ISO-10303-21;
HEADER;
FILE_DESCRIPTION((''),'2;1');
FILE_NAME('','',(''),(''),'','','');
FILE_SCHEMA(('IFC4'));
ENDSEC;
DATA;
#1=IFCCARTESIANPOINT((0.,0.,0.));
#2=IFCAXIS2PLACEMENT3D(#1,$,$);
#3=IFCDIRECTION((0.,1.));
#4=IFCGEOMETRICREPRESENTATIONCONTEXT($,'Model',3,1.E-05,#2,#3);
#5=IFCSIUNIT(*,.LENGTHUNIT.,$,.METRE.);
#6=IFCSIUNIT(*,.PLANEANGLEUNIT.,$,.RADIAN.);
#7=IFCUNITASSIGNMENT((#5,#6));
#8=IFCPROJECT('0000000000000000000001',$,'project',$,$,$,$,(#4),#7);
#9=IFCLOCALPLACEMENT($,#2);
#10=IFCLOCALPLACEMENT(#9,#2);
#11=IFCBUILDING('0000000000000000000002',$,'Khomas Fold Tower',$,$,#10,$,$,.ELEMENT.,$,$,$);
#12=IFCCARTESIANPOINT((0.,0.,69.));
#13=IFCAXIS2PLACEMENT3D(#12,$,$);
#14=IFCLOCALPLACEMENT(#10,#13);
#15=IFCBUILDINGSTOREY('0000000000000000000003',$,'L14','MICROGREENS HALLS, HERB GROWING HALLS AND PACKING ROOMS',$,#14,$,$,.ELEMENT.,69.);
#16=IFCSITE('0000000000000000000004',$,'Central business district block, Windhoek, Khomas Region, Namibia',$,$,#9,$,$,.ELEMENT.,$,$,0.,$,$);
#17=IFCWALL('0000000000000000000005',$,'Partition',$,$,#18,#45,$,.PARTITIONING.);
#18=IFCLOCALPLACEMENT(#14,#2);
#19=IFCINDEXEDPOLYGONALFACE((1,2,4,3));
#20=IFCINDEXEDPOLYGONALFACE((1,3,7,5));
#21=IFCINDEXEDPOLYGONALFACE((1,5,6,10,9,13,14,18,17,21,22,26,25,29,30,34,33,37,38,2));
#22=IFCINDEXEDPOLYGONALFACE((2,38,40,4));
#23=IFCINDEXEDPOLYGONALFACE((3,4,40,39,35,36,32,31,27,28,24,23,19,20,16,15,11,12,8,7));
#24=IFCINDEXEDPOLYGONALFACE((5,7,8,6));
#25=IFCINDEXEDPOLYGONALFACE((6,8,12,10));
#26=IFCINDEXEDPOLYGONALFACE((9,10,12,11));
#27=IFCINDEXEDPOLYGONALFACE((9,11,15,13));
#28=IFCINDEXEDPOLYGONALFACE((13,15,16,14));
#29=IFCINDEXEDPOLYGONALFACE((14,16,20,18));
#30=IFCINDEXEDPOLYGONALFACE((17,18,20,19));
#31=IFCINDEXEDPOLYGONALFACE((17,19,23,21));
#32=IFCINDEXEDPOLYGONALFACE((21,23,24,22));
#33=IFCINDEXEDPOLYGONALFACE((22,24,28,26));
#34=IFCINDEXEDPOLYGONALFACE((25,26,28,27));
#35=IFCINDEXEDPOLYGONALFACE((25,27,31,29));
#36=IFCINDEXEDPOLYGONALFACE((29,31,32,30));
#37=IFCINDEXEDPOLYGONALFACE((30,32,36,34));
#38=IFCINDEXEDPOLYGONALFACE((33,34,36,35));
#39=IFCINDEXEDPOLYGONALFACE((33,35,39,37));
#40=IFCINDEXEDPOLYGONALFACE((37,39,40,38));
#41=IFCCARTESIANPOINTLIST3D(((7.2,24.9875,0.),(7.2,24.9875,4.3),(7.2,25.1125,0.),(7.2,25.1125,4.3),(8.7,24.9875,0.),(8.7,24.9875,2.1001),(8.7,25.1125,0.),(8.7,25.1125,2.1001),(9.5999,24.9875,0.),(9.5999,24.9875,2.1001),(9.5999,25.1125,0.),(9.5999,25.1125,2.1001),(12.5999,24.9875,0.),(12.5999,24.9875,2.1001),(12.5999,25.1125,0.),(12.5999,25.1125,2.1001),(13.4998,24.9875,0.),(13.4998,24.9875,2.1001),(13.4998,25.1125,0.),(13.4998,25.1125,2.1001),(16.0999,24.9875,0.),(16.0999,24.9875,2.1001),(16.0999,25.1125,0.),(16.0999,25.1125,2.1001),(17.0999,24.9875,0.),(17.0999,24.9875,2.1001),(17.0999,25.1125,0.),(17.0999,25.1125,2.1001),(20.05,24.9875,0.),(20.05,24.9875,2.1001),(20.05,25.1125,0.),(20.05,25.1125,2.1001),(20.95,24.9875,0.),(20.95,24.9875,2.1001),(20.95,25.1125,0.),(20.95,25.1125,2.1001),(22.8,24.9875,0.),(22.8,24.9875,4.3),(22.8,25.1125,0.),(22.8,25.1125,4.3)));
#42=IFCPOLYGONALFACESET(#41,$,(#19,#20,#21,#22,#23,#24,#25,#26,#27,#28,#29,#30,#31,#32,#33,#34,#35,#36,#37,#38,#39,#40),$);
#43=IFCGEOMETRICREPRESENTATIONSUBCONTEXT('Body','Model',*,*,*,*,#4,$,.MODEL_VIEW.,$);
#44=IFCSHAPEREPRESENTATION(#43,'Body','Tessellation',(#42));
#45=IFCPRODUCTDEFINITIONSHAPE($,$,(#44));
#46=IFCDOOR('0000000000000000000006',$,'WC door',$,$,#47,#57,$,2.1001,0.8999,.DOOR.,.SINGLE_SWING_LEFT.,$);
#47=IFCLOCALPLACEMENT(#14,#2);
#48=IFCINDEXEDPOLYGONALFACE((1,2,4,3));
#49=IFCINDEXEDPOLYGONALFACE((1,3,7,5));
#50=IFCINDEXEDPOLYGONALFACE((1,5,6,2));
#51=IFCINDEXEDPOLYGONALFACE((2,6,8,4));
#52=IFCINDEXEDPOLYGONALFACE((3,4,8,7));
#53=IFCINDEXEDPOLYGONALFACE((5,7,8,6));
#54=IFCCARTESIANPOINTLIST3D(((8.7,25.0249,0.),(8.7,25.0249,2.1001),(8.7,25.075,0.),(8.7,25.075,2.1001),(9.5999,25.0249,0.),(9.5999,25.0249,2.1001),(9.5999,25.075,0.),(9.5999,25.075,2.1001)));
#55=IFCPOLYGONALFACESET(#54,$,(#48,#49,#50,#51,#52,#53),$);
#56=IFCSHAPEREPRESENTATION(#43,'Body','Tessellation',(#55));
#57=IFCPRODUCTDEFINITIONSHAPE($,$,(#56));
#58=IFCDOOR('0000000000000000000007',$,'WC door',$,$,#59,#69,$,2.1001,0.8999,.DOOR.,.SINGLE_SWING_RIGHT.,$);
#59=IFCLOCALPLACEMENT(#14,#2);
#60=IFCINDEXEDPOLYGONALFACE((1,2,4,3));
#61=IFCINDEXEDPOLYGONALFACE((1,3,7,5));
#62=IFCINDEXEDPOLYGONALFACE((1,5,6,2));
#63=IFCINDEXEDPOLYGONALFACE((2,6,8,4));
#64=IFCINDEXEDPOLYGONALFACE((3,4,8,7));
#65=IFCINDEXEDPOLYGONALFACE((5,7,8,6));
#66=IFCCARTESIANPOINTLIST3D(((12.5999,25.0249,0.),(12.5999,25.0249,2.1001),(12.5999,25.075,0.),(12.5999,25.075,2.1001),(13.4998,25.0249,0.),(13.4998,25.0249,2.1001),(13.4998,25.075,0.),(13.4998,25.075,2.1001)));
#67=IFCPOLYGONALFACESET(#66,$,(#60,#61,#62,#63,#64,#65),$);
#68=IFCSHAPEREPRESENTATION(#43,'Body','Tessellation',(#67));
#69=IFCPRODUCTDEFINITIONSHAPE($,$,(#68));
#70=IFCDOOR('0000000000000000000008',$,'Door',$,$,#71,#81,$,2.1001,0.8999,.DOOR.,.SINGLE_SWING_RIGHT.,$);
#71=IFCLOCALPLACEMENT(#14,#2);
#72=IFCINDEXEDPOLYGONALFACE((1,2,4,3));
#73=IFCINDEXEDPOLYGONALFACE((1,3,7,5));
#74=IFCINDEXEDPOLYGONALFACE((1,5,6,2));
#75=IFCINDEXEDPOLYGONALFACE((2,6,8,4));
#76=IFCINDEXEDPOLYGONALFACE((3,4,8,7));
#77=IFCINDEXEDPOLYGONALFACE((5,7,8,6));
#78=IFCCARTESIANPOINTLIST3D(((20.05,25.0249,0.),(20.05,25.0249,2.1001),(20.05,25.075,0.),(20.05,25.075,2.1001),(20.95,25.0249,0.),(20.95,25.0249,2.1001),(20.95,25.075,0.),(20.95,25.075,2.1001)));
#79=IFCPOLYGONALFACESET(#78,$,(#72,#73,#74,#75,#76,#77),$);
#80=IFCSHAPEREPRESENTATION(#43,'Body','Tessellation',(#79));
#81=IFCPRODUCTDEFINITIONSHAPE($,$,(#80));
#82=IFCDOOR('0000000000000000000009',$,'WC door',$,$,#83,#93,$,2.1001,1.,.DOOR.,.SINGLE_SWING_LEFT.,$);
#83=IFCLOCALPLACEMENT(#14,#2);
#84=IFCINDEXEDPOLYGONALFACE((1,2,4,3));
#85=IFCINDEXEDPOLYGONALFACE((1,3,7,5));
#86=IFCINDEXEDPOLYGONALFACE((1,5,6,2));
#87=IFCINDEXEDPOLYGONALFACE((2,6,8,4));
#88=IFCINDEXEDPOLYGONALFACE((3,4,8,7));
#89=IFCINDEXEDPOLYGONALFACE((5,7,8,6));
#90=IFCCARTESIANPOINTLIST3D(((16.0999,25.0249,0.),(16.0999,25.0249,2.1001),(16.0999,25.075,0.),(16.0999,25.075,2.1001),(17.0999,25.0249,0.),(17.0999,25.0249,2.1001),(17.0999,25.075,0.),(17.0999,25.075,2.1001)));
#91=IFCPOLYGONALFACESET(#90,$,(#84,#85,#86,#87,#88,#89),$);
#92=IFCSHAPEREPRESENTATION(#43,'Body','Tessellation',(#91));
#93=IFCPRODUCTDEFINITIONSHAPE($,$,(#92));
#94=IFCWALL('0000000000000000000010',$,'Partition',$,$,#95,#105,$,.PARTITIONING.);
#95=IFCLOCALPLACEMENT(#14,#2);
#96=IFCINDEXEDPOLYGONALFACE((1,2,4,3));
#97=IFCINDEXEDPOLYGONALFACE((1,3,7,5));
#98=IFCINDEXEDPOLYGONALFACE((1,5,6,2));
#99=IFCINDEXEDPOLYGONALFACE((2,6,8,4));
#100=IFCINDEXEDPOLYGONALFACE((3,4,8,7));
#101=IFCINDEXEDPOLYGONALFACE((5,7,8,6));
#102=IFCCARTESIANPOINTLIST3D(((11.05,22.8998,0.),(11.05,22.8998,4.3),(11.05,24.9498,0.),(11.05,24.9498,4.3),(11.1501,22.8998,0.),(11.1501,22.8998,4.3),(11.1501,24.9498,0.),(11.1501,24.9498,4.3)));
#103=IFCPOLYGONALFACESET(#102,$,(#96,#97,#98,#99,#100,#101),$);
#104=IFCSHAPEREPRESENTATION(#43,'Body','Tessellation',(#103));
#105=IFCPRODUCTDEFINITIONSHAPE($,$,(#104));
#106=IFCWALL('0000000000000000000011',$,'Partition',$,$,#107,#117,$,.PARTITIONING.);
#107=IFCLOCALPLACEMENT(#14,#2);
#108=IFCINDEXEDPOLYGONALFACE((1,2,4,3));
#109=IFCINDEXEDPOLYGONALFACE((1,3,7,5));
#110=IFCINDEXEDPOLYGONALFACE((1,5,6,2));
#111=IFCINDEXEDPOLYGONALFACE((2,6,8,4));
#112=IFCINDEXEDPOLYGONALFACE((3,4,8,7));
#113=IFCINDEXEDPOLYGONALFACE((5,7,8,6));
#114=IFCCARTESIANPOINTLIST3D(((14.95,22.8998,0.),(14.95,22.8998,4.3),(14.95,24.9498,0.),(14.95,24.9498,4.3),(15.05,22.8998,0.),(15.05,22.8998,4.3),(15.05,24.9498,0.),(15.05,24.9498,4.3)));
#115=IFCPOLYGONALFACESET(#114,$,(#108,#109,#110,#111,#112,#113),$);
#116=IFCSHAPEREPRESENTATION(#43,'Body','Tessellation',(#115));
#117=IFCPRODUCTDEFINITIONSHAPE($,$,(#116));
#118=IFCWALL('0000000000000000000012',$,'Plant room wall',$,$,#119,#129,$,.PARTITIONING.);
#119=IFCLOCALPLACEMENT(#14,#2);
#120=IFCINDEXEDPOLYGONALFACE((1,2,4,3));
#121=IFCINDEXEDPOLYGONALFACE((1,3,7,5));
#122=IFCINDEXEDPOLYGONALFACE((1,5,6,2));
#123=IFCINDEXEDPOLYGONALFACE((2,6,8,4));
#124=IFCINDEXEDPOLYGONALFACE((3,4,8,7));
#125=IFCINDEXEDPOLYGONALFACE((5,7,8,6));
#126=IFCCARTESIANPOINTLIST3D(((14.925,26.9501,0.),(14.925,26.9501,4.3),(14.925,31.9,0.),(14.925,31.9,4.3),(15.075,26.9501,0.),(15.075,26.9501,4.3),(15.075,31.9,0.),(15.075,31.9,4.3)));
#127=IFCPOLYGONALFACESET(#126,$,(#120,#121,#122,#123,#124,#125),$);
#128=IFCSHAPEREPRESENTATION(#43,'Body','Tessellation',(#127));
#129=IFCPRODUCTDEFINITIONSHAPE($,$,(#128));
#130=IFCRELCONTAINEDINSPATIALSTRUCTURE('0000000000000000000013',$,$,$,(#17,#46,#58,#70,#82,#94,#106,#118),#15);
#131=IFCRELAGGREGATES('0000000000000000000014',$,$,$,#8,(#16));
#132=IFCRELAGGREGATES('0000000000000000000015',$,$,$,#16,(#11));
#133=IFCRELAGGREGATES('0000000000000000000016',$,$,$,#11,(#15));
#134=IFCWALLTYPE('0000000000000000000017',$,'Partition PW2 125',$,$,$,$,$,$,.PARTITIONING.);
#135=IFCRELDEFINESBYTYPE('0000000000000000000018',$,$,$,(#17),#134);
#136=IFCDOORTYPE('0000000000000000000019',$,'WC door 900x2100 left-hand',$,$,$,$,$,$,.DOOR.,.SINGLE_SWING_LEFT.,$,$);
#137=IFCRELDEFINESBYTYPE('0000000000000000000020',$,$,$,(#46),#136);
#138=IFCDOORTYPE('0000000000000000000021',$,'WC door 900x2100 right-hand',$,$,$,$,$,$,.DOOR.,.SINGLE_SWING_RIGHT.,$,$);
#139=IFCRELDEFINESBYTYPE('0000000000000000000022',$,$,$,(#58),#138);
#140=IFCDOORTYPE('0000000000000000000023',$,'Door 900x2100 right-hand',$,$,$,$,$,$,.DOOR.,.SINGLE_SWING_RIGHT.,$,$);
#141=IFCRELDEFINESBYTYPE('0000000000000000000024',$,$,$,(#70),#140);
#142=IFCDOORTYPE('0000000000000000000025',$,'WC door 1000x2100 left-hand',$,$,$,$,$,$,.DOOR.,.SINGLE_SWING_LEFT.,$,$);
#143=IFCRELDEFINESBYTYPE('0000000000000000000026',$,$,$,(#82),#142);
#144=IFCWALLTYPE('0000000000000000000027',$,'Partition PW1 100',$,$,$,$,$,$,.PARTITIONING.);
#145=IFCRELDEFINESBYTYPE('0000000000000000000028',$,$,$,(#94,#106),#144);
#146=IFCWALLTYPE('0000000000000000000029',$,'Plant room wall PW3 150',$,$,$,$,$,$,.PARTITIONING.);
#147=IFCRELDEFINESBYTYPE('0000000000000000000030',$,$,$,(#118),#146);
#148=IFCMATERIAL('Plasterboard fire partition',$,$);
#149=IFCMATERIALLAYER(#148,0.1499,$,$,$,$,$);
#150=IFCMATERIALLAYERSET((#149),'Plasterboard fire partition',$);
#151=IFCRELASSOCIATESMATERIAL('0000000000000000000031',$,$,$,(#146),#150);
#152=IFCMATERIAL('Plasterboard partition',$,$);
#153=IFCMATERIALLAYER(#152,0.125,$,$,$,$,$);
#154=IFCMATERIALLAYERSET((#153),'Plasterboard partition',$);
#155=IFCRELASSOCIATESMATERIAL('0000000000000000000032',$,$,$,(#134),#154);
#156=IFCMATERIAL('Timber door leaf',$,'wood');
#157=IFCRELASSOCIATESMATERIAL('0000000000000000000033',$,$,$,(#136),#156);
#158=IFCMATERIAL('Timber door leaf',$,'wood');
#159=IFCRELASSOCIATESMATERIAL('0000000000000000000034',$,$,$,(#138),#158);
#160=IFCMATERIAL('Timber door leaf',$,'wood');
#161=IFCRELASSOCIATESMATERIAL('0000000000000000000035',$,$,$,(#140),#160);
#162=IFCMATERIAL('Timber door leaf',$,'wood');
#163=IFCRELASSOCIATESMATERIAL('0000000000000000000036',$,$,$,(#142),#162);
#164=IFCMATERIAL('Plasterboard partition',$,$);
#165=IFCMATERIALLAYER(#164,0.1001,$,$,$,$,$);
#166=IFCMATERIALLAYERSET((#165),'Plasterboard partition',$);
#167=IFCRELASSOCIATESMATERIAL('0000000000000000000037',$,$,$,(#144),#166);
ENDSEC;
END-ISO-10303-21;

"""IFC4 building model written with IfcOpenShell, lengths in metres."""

from ifc_helpers import new_model, si_unit, direction, frame, frame_2d, origin, place, context, subcontext, project, spatial, rectangle, extrude, source, transform, mapped, material, layer, layer_set, type_object, element, fill, save


model = new_model("IFC4")

# Units and contexts
model_context = context("Model", 3, precision=1e-05, world=origin(), true_north=direction((0.0, 1.0)))
body_context = subcontext(model_context, "Body", "Model", "MODEL_VIEW")
ifc_project = project(units=[si_unit("LENGTHUNIT", "METRE"), si_unit("PLANEANGLEUNIT", "RADIAN")], contexts=[model_context])

# Site, building, storey
site_placement = place(None, origin())
site = spatial("IfcSite", under=ifc_project, at=site_placement, Name="Central business district block, Windhoek, Khomas Region, Namibia", CompositionType="ELEMENT", RefElevation=0.0)
building_placement = place(site_placement, origin())
building = spatial("IfcBuilding", under=site, at=building_placement, Name="Khomas Fold Tower", CompositionType="ELEMENT")
storey_placement = place(building_placement, frame((0.0, 0.0, 69.0)))
storey = spatial("IfcBuildingStorey", under=building, at=storey_placement, Name="L14", Description="MICROGREENS HALLS, HERB GROWING HALLS AND PACKING ROOMS", CompositionType="ELEMENT", Elevation=69.0)

# Wall, openings, doors
ifc_material_1 = material(Name="Plasterboard fire partition")
ifc_layer_1 = layer(ifc_material_1, 0.1499)
ifc_layer_set_1 = layer_set([ifc_layer_1], Name="Plasterboard fire partition")
wall_type_1 = type_object("IfcWallType", Name="Plant room wall PW3 150", PredefinedType="PARTITIONING", material=ifc_layer_set_1)
shared_shape_1 = source(origin(), body_context, "Body", "SweptSolid", [
    extrude(rectangle(XDim=0.8999, YDim=2.1001, at=frame_2d((0.45, 1.05))), frame((0.0, 0.0249, 0.0), z_axis=(0.0, -1.0, 0.0), x_axis=(1.0, 0.0, 0.0)), (0.0, 0.0, 1.0), 0.05),
])
ifc_material_2 = material(Name="Plasterboard partition")
ifc_layer_2 = layer(ifc_material_2, 0.125)
ifc_layer_set_2 = layer_set([ifc_layer_2], Name="Plasterboard partition")
wall_type_2 = type_object("IfcWallType", Name="Partition PW2 125", PredefinedType="PARTITIONING", material=ifc_layer_set_2)
shared_shape_2 = source(origin(), body_context, "Body", "SweptSolid", [
    extrude(rectangle(XDim=15.6001, YDim=0.125, at=frame_2d((7.8, 0.0))), origin(), (0.0, 0.0, 1.0), 4.3),
])
wall_1_placement = place(storey_placement, frame((7.2, 25.05, 0.0), z_axis=(0.0, 0.0, 1.0), x_axis=(1.0, 0.0, 0.0)))
wall_1 = element("IfcWall", 1, at=wall_1_placement, inside=storey, type_object=wall_type_2, Name="Partition", PredefinedType="PARTITIONING", context=body_context, shape_type="MappedRepresentation", body=[
    mapped(shared_shape_2, transform((0.0, 0.0, 0.0))),
])
shared_shape_3 = source(origin(), body_context, "Body", "SweptSolid", [
    extrude(rectangle(XDim=0.8999, YDim=2.1001, at=frame_2d((0.45, 1.05))), frame((0.0, 0.0725, 0.0), z_axis=(0.0, -1.0, 0.0), x_axis=(1.0, 0.0, 0.0)), (0.0, 0.0, 1.0), 0.145),
])
opening_1_placement = place(wall_1_placement, frame((1.5, 0.0, 0.0)))
opening_1 = element("IfcOpeningElement", 2, at=opening_1_placement, cuts=wall_1, PredefinedType="OPENING", context=body_context, shape_type="MappedRepresentation", body=[
    mapped(shared_shape_3, transform((0.0, 0.0, 0.0))),
])
opening_2_placement = place(wall_1_placement, frame((5.3999, 0.0, 0.0)))
opening_2 = element("IfcOpeningElement", 3, at=opening_2_placement, cuts=wall_1, PredefinedType="OPENING", context=body_context, shape_type="MappedRepresentation", body=[
    mapped(shared_shape_3, transform((0.0, 0.0, 0.0))),
])
shared_shape_4 = source(origin(), body_context, "Body", "SweptSolid", [
    extrude(rectangle(XDim=1.0, YDim=2.1001, at=frame_2d((0.5, 1.05))), frame((0.0, 0.0725, 0.0), z_axis=(0.0, -1.0, 0.0), x_axis=(1.0, 0.0, 0.0)), (0.0, 0.0, 1.0), 0.145),
])
opening_3_placement = place(wall_1_placement, frame((8.8999, 0.0, 0.0)))
opening_3 = element("IfcOpeningElement", 4, at=opening_3_placement, cuts=wall_1, PredefinedType="OPENING", context=body_context, shape_type="MappedRepresentation", body=[
    mapped(shared_shape_4, transform((0.0, 0.0, 0.0))),
])
opening_4_placement = place(wall_1_placement, frame((12.8501, 0.0, 0.0)))
opening_4 = element("IfcOpeningElement", 5, at=opening_4_placement, cuts=wall_1, PredefinedType="OPENING", context=body_context, shape_type="MappedRepresentation", body=[
    mapped(shared_shape_3, transform((0.0, 0.0, 0.0))),
])
ifc_material_3 = material(Name="Timber door leaf", Category="wood")
door_type_1 = type_object("IfcDoorType", Name="WC door 900x2100 left-hand", OperationType="SINGLE_SWING_LEFT", PredefinedType="DOOR", material=ifc_material_3)
door_1_placement = place(opening_1_placement, origin())
door_1 = element("IfcDoor", 6, at=door_1_placement, inside=storey, type_object=door_type_1, Name="WC door", OperationType="SINGLE_SWING_LEFT", OverallHeight=2.1001, OverallWidth=0.8999, PredefinedType="DOOR", context=body_context, shape_type="MappedRepresentation", body=[
    mapped(shared_shape_1, transform((0.0, 0.0, 0.0))),
])
fill(opening_1, door_1)
ifc_material_4 = material(Name="Timber door leaf", Category="wood")
door_type_2 = type_object("IfcDoorType", Name="WC door 900x2100 right-hand", OperationType="SINGLE_SWING_RIGHT", PredefinedType="DOOR", material=ifc_material_4)
door_2_placement = place(opening_2_placement, origin())
door_2 = element("IfcDoor", 7, at=door_2_placement, inside=storey, type_object=door_type_2, Name="WC door", OperationType="SINGLE_SWING_RIGHT", OverallHeight=2.1001, OverallWidth=0.8999, PredefinedType="DOOR", context=body_context, shape_type="MappedRepresentation", body=[
    mapped(shared_shape_1, transform((0.0, 0.0, 0.0))),
])
fill(opening_2, door_2)
ifc_material_5 = material(Name="Timber door leaf", Category="wood")
door_type_3 = type_object("IfcDoorType", Name="Door 900x2100 right-hand", OperationType="SINGLE_SWING_RIGHT", PredefinedType="DOOR", material=ifc_material_5)
door_3_placement = place(opening_4_placement, origin())
door_3 = element("IfcDoor", 8, at=door_3_placement, inside=storey, type_object=door_type_3, Name="Door", OperationType="SINGLE_SWING_RIGHT", OverallHeight=2.1001, OverallWidth=0.8999, PredefinedType="DOOR", context=body_context, shape_type="MappedRepresentation", body=[
    mapped(shared_shape_1, transform((0.0, 0.0, 0.0))),
])
fill(opening_4, door_3)
ifc_material_6 = material(Name="Timber door leaf", Category="wood")
door_type_4 = type_object("IfcDoorType", Name="WC door 1000x2100 left-hand", OperationType="SINGLE_SWING_LEFT", PredefinedType="DOOR", material=ifc_material_6)
shared_shape_5 = source(origin(), body_context, "Body", "SweptSolid", [
    extrude(rectangle(XDim=1.0, YDim=2.1001, at=frame_2d((0.5, 1.05))), frame((0.0, 0.0249, 0.0), z_axis=(0.0, -1.0, 0.0), x_axis=(1.0, 0.0, 0.0)), (0.0, 0.0, 1.0), 0.05),
])
door_4_placement = place(opening_3_placement, origin())
door_4 = element("IfcDoor", 9, at=door_4_placement, inside=storey, type_object=door_type_4, Name="WC door", OperationType="SINGLE_SWING_LEFT", OverallHeight=2.1001, OverallWidth=1.0, PredefinedType="DOOR", context=body_context, shape_type="MappedRepresentation", body=[
    mapped(shared_shape_5, transform((0.0, 0.0, 0.0))),
])
fill(opening_3, door_4)

# Walls
ifc_material_7 = material(Name="Plasterboard partition")
ifc_layer_3 = layer(ifc_material_7, 0.1001)
ifc_layer_set_3 = layer_set([ifc_layer_3], Name="Plasterboard partition")
wall_type_3 = type_object("IfcWallType", Name="Partition PW1 100", PredefinedType="PARTITIONING", material=ifc_layer_set_3)
shared_shape_6 = source(origin(), body_context, "Body", "SweptSolid", [
    extrude(rectangle(XDim=2.05, YDim=0.1001, at=frame_2d((1.0249, 0.0))), origin(), (0.0, 0.0, 1.0), 4.3),
])
for number, where, z_axis, x_axis, name in (
    (10, (11.1001, 22.8999, 0.0), (0.0, 0.0, 1.0), (0.0, 1.0, 0.0), "Partition"),
    (11, (15.0, 22.8999, 0.0), (0.0, 0.0, 1.0), (0.0, 1.0, 0.0), "Partition"),
):
    element("IfcWall", number, at=place(storey_placement, frame(where, z_axis=z_axis, x_axis=x_axis)), inside=storey, type_object=wall_type_3, Name=name, PredefinedType="PARTITIONING", context=body_context, shape_type="MappedRepresentation", body=[
        mapped(shared_shape_6, transform((0.0, 0.0, 0.0))),
    ])
shared_shape_7 = source(origin(), body_context, "Body", "SweptSolid", [
    extrude(rectangle(XDim=4.95, YDim=0.1499, at=frame_2d((2.4751, 0.0))), origin(), (0.0, 0.0, 1.0), 4.3),
])
wall_2_placement = place(storey_placement, frame((15.0, 26.95, 0.0), z_axis=(0.0, 0.0, 1.0), x_axis=(0.0, 1.0, 0.0)))
element("IfcWall", 12, at=wall_2_placement, inside=storey, type_object=wall_type_1, Name="Plant room wall", PredefinedType="PARTITIONING", context=body_context, shape_type="MappedRepresentation", body=[
    mapped(shared_shape_7, transform((0.0, 0.0, 0.0))),
])

save(model, "model.ifc")
